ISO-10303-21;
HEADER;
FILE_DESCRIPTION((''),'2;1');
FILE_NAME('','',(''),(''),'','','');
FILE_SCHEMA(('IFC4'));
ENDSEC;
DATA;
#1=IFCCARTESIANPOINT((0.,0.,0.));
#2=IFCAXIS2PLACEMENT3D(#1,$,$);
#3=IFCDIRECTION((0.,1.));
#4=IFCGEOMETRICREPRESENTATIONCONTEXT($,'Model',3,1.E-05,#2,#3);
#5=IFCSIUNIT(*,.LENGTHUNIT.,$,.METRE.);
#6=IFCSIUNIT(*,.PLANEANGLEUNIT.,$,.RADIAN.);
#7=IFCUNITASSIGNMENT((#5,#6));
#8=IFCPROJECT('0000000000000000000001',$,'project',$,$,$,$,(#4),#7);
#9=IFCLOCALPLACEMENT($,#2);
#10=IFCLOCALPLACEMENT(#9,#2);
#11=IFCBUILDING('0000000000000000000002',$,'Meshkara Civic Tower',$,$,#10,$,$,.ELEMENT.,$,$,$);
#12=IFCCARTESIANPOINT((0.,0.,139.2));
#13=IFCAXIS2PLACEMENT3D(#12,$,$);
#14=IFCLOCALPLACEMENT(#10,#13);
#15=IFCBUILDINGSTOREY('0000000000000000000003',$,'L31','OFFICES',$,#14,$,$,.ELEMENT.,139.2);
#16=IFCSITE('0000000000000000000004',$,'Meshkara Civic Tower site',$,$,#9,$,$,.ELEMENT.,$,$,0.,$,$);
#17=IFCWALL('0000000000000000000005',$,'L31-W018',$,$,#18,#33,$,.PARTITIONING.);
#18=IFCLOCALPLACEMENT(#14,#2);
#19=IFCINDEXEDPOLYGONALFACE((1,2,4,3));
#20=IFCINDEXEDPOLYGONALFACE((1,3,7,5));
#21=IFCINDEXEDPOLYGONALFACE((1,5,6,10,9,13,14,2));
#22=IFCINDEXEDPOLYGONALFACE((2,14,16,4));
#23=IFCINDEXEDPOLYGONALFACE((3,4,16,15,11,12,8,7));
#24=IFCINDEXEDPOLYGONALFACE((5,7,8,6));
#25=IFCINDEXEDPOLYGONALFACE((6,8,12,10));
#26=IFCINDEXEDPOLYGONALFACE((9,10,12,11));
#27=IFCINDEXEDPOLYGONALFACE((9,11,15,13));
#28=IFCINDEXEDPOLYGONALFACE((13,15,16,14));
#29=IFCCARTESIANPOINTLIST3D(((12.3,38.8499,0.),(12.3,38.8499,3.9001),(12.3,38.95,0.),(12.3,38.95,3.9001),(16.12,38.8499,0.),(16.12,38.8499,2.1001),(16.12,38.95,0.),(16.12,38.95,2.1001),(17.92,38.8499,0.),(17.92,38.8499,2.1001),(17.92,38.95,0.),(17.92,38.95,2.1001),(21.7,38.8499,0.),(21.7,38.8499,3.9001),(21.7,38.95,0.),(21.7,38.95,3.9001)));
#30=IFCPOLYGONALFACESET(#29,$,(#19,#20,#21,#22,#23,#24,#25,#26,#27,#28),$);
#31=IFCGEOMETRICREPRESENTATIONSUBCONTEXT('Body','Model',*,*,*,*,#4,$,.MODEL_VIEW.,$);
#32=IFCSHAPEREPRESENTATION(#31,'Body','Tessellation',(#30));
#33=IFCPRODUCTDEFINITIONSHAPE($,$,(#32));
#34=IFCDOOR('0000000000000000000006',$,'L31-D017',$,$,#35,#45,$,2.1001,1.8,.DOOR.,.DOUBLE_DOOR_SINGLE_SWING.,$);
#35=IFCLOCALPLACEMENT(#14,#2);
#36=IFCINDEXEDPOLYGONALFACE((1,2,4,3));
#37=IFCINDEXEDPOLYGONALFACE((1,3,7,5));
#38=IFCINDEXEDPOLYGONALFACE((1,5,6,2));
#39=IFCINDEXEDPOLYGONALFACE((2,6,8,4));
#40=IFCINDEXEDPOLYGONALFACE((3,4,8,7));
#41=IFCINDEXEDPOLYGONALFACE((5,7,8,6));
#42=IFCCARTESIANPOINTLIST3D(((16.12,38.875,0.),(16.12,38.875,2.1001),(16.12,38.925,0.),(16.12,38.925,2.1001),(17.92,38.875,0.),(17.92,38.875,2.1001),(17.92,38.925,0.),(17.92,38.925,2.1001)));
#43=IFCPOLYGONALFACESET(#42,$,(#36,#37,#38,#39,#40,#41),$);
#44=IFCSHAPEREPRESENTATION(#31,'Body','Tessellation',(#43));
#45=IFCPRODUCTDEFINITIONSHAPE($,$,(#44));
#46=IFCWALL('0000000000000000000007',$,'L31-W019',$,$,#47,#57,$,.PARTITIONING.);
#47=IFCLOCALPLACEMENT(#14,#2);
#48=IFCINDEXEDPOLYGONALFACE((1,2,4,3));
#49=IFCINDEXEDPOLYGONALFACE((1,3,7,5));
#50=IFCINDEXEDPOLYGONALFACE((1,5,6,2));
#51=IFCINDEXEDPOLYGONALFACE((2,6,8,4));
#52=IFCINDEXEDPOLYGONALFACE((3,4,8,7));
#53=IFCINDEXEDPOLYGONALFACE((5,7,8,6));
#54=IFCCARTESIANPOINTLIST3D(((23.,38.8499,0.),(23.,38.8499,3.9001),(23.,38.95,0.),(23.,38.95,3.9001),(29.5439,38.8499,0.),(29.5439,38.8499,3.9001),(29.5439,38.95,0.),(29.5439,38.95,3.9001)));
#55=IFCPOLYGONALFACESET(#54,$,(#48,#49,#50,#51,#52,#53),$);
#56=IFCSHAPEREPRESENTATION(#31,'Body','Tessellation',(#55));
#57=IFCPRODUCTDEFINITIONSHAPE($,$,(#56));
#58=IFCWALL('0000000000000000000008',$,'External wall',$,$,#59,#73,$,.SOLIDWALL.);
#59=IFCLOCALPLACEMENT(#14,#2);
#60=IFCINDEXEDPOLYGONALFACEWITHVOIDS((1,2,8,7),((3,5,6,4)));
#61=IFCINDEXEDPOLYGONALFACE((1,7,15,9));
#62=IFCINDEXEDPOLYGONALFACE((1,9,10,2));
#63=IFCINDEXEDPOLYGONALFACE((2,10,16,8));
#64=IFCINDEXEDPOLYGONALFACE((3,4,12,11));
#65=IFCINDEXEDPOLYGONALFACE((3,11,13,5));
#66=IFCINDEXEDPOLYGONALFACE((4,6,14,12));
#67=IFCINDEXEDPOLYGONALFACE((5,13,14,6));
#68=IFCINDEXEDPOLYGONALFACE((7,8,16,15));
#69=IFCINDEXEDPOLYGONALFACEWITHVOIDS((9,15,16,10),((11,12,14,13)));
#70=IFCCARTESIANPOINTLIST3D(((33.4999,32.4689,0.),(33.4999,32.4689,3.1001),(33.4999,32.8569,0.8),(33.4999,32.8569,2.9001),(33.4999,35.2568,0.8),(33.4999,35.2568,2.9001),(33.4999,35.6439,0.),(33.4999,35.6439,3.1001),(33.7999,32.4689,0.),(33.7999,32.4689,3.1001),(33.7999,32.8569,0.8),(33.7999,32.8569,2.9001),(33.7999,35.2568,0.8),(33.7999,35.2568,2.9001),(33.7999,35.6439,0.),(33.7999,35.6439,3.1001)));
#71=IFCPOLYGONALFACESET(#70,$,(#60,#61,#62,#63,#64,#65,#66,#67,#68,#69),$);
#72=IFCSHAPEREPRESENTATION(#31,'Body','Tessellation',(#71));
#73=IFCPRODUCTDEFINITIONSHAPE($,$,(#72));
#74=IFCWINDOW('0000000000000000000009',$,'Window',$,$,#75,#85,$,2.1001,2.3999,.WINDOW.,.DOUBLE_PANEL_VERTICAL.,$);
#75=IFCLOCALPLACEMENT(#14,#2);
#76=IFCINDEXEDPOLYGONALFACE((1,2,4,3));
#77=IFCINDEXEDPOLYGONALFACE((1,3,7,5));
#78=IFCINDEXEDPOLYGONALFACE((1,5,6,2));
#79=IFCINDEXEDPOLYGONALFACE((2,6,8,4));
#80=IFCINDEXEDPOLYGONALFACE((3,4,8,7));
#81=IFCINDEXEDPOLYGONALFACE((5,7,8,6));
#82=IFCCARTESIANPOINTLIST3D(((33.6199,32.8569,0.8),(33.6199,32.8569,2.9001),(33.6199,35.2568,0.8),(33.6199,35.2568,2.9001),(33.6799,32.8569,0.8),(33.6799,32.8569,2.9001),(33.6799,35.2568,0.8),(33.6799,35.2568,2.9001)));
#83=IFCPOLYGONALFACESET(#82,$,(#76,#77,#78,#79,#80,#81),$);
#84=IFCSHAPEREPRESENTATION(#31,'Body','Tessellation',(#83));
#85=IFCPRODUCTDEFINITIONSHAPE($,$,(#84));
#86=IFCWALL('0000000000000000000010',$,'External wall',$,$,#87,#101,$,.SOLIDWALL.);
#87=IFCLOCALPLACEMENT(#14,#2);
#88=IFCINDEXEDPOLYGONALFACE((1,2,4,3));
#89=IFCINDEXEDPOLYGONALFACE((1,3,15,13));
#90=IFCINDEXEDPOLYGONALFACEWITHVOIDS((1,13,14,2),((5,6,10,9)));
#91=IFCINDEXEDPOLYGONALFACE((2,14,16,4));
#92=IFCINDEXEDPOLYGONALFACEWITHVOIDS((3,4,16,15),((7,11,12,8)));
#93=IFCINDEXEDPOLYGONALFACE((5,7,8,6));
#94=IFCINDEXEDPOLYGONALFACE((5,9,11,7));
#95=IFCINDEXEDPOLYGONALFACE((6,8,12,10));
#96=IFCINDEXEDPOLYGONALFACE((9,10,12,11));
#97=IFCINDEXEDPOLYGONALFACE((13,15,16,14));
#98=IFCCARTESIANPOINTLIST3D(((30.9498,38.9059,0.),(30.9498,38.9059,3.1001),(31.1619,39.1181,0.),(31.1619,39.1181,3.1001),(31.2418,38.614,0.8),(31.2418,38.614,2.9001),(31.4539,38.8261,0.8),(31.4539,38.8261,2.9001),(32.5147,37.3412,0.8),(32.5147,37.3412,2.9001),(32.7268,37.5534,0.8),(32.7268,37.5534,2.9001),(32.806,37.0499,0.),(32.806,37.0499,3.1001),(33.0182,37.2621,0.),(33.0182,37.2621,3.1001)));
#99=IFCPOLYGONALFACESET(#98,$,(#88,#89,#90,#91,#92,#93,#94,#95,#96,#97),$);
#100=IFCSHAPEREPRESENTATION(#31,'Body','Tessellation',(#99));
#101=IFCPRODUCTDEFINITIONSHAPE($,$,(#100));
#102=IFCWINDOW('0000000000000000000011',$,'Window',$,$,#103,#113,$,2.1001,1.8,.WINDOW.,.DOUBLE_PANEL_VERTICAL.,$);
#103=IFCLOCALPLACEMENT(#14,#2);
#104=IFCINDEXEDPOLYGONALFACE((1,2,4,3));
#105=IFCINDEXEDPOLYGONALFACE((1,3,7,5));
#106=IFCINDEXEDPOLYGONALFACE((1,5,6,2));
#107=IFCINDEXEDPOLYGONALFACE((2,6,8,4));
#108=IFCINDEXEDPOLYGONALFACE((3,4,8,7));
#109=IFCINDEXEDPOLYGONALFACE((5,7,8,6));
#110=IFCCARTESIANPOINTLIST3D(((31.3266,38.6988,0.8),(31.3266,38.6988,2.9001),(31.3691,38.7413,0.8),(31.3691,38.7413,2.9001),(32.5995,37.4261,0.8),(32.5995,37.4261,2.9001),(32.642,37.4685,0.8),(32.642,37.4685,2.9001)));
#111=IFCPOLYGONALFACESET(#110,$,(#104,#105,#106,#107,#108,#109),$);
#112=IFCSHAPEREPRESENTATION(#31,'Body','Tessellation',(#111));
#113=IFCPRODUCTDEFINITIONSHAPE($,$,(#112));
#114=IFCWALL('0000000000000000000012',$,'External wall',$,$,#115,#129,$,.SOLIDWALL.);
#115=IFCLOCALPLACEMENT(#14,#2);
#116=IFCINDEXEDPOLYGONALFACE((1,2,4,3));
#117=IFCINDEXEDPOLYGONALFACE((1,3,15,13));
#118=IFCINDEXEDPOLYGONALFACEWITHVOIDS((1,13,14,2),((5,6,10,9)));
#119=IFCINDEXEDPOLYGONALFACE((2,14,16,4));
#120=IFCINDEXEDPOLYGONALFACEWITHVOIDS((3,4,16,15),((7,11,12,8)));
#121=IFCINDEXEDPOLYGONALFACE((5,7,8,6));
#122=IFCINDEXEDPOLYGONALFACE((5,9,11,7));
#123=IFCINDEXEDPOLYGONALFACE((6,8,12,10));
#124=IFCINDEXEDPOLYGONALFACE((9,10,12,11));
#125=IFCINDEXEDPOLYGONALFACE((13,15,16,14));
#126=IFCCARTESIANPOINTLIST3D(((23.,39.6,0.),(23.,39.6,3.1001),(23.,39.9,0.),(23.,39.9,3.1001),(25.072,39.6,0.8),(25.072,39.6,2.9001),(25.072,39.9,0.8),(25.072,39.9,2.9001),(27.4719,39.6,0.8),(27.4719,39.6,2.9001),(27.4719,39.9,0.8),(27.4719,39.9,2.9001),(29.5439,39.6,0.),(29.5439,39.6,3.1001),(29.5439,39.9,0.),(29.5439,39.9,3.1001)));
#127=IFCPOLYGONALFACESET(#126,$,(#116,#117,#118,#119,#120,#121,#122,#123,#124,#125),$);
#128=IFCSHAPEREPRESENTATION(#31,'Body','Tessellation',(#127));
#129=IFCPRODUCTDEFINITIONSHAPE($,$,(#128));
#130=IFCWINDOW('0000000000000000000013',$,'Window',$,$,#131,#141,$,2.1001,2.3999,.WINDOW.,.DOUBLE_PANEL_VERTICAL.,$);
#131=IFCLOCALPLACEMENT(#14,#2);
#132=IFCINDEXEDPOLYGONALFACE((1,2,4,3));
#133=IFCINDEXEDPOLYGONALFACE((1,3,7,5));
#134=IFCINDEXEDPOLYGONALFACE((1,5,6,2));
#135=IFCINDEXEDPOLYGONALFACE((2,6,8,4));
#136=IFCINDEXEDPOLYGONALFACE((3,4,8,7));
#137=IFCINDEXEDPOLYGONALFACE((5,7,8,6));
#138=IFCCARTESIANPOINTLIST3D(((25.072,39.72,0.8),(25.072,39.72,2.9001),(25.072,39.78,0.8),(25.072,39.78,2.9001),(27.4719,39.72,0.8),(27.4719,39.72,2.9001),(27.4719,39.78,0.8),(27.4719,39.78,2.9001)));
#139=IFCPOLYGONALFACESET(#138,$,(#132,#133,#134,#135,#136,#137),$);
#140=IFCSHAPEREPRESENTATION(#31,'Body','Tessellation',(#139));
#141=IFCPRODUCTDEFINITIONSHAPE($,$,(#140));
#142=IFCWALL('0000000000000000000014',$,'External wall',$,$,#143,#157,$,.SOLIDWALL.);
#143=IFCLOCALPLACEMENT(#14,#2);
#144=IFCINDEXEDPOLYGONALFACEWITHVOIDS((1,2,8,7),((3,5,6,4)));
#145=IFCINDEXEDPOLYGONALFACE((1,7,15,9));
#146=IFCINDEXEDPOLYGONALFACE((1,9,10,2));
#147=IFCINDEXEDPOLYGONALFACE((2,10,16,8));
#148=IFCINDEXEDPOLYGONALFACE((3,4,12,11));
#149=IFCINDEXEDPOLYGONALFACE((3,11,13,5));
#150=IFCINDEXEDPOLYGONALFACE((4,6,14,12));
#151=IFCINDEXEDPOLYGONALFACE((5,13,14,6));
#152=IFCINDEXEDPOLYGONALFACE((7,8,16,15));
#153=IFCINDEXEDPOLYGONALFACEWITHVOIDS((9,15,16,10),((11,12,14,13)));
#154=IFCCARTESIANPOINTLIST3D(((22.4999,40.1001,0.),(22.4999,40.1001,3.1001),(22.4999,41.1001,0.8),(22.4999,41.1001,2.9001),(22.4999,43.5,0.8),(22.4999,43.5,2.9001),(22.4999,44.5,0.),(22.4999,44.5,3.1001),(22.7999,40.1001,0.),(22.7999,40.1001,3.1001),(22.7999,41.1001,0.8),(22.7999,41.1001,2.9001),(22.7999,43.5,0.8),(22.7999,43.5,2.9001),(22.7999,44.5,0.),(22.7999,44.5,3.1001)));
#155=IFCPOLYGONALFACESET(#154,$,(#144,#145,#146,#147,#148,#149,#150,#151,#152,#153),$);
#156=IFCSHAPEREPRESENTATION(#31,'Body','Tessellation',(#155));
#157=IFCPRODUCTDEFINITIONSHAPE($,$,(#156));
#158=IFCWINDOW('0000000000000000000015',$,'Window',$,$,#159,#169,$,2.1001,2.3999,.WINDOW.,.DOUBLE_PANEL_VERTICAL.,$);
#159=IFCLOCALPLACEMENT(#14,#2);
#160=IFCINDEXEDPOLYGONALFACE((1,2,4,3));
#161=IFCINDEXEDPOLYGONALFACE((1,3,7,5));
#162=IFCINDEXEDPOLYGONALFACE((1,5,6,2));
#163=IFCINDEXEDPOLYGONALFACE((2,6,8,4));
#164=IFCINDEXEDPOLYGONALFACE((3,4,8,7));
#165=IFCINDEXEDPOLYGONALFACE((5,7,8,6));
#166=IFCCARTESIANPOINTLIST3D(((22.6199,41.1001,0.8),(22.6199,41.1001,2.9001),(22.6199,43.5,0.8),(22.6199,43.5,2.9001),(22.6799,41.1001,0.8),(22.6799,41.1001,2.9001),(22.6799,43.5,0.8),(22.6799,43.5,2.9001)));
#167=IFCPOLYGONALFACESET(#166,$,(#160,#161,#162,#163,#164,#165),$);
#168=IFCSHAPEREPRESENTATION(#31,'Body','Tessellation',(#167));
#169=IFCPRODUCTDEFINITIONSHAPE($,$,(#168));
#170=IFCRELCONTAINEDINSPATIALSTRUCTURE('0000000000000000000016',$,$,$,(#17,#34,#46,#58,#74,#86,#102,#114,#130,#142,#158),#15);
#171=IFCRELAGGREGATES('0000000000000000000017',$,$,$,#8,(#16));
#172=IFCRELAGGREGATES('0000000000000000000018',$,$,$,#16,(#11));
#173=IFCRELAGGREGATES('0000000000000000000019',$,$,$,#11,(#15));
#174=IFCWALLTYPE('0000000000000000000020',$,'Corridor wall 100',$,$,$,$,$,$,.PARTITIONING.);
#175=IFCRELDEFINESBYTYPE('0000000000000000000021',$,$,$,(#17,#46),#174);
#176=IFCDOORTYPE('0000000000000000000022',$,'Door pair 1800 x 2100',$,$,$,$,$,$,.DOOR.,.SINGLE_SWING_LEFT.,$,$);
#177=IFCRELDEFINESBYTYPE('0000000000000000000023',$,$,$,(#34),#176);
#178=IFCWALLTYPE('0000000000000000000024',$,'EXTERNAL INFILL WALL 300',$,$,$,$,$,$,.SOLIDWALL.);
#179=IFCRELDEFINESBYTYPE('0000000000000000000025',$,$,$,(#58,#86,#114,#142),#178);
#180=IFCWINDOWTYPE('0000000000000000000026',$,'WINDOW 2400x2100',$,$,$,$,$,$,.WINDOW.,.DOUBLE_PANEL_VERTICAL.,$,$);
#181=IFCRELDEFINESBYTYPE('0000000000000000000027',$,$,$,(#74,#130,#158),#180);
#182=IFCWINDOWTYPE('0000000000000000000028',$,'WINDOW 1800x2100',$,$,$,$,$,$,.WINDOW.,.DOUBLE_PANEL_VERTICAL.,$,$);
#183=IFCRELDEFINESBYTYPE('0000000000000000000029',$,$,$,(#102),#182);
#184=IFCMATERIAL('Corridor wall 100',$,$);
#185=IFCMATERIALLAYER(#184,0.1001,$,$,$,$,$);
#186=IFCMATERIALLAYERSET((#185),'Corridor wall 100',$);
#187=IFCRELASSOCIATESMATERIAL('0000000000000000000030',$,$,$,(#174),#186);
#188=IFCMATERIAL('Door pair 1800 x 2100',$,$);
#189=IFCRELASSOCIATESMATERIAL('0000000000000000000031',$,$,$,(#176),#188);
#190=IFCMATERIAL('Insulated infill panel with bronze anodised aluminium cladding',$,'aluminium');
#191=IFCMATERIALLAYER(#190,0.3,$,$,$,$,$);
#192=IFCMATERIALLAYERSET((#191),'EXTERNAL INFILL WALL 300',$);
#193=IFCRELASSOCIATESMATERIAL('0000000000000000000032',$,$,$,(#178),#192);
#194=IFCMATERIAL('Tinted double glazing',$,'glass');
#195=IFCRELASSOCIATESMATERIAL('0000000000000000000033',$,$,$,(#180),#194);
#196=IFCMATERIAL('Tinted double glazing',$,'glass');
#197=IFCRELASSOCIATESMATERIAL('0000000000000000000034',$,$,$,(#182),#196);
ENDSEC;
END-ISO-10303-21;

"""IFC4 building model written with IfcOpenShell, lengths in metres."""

from ifc_helpers import new_model, si_unit, direction, frame, frame_2d, origin, place, context, subcontext, project, spatial, rectangle, extrude, material, layer, layer_set, type_object, element, fill, save


model = new_model("IFC4")

# Units and contexts
model_context = context("Model", 3, precision=1e-05, world=origin(), true_north=direction((0.0, 1.0)))
body_context = subcontext(model_context, "Body", "Model", "MODEL_VIEW")
ifc_project = project(units=[si_unit("LENGTHUNIT", "METRE"), si_unit("PLANEANGLEUNIT", "RADIAN")], contexts=[model_context])

# Site, building, storey
site_placement = place(None, origin())
site = spatial("IfcSite", under=ifc_project, at=site_placement, Name="Meshkara Civic Tower site", CompositionType="ELEMENT", RefElevation=0.0)
building_placement = place(site_placement, origin())
building = spatial("IfcBuilding", under=site, at=building_placement, Name="Meshkara Civic Tower", CompositionType="ELEMENT")
storey_placement = place(building_placement, frame((0.0, 0.0, 139.2)))
storey = spatial("IfcBuildingStorey", under=building, at=storey_placement, Name="L31", Description="OFFICES", CompositionType="ELEMENT", Elevation=139.2)

# Wall, opening, door
ifc_material_1 = material(Name="Corridor wall 100")
ifc_layer_1 = layer(ifc_material_1, 0.1001)
ifc_layer_set_1 = layer_set([ifc_layer_1], Name="Corridor wall 100")
wall_type_1 = type_object("IfcWallType", Name="Corridor wall 100", PredefinedType="PARTITIONING", material=ifc_layer_set_1)
wall_1_placement = place(storey_placement, frame((21.7, 38.8999, 0.0), z_axis=(0.0, 0.0, 1.0), x_axis=(-1.0, 0.0, 0.0)))
wall_1 = element("IfcWall", 1, at=wall_1_placement, inside=storey, type_object=wall_type_1, Name="L31-W018", PredefinedType="PARTITIONING", context=body_context, shape_type="SweptSolid", body=[
    extrude(rectangle(XDim=9.3999, YDim=0.1001, at=frame_2d((4.7, 0.0))), origin(), (0.0, 0.0, 1.0), 3.9001),
])
opening_1_placement = place(wall_1_placement, frame((3.78, 0.0, 0.0)))
opening_1 = element("IfcOpeningElement", 2, at=opening_1_placement, cuts=wall_1, PredefinedType="OPENING", context=body_context, shape_type="SweptSolid", body=[
    extrude(rectangle(XDim=1.8, YDim=2.1001, at=frame_2d((0.8999, 1.05))), frame((0.0, 0.0601, 0.0), z_axis=(0.0, -1.0, 0.0), x_axis=(1.0, 0.0, 0.0)), (0.0, 0.0, 1.0), 0.1201),
])
ifc_material_2 = material(Name="Door pair 1800 x 2100")
door_type_1 = type_object("IfcDoorType", Name="Door pair 1800 x 2100", OperationType="SINGLE_SWING_LEFT", PredefinedType="DOOR", material=ifc_material_2)
door_1_placement = place(opening_1_placement, origin())
door_1 = element("IfcDoor", 3, at=door_1_placement, inside=storey, type_object=door_type_1, Name="L31-D017", OperationType="DOUBLE_DOOR_SINGLE_SWING", OverallHeight=2.1001, OverallWidth=1.8, PredefinedType="DOOR", context=body_context, shape_type="SweptSolid", body=[
    extrude(rectangle(XDim=1.8, YDim=2.1001, at=frame_2d((0.8999, 1.05))), frame((0.0, 0.0249, 0.0), z_axis=(0.0, -1.0, 0.0), x_axis=(1.0, 0.0, 0.0)), (0.0, 0.0, 1.0), 0.05),
])
fill(opening_1, door_1)

# Wall
wall_2_placement = place(storey_placement, frame((29.5439, 38.8999, 0.0), z_axis=(0.0, 0.0, 1.0), x_axis=(-1.0, 0.0, 0.0)))
element("IfcWall", 4, at=wall_2_placement, inside=storey, type_object=wall_type_1, Name="L31-W019", PredefinedType="PARTITIONING", context=body_context, shape_type="SweptSolid", body=[
    extrude(rectangle(XDim=6.5439, YDim=0.1001, at=frame_2d((3.272, 0.0))), origin(), (0.0, 0.0, 1.0), 3.9001),
])

# Walls, openings, windows
ifc_material_3 = material(Name="Insulated infill panel with bronze anodised aluminium cladding", Category="aluminium")
ifc_layer_2 = layer(ifc_material_3, 0.3)
ifc_layer_set_2 = layer_set([ifc_layer_2], Name="EXTERNAL INFILL WALL 300")
wall_type_2 = type_object("IfcWallType", Name="EXTERNAL INFILL WALL 300", PredefinedType="SOLIDWALL", material=ifc_layer_set_2)
wall_3_placement = place(storey_placement, frame((33.6499, 32.469, 0.0), z_axis=(0.0, 0.0, 1.0), x_axis=(0.0, 1.0, 0.0)))
wall_3 = element("IfcWall", 5, at=wall_3_placement, inside=storey, type_object=wall_type_2, Name="External wall", PredefinedType="SOLIDWALL", context=body_context, shape_type="SweptSolid", body=[
    extrude(rectangle(XDim=3.175, YDim=0.3, at=frame_2d((1.5874, 0.0))), origin(), (0.0, 0.0, 1.0), 3.1001),
])
opening_2_placement = place(wall_3_placement, frame((0.3879, 0.0, 0.8)))
opening_2 = element("IfcOpeningElement", 6, at=opening_2_placement, cuts=wall_3, PredefinedType="OPENING", context=body_context, shape_type="SweptSolid", body=[
    extrude(rectangle(XDim=2.3999, YDim=2.1001, at=frame_2d((1.2, 1.05))), frame((0.0, 0.1599, 0.0), z_axis=(0.0, -1.0, 0.0), x_axis=(1.0, 0.0, 0.0)), (0.0, 0.0, 1.0), 0.3201),
])
ifc_material_4 = material(Name="Tinted double glazing", Category="glass")
window_type_1 = type_object("IfcWindowType", Name="WINDOW 2400x2100", PartitioningType="DOUBLE_PANEL_VERTICAL", PredefinedType="WINDOW", material=ifc_material_4)
window_1_placement = place(opening_2_placement, origin())
window_1 = element("IfcWindow", 7, at=window_1_placement, inside=storey, type_object=window_type_1, Name="Window", OverallHeight=2.1001, OverallWidth=2.3999, PartitioningType="DOUBLE_PANEL_VERTICAL", PredefinedType="WINDOW", context=body_context, shape_type="SweptSolid", body=[
    extrude(rectangle(XDim=2.3999, YDim=2.1001, at=frame_2d((1.2, 1.05))), frame((0.0, 0.03, 0.0), z_axis=(0.0, -1.0, 0.0), x_axis=(1.0, 0.0, 0.0)), (0.0, 0.0, 1.0), 0.0601),
])
fill(opening_2, window_1)
wall_4_placement = place(storey_placement, frame((32.9121, 37.156, 0.0), z_axis=(0.0, 0.0, 1.0), x_axis=(-0.707153, 0.70706, 0.0)))
wall_4 = element("IfcWall", 8, at=wall_4_placement, inside=storey, type_object=wall_type_2, Name="External wall", PredefinedType="SOLIDWALL", context=body_context, shape_type="SweptSolid", body=[
    extrude(rectangle(XDim=2.625, YDim=0.3, at=frame_2d((1.3125, 0.0))), origin(), (0.0, 0.0, 1.0), 3.1001),
])
opening_3_placement = place(wall_4_placement, frame((0.4121, 0.0, 0.8)))
opening_3 = element("IfcOpeningElement", 9, at=opening_3_placement, cuts=wall_4, PredefinedType="OPENING", context=body_context, shape_type="SweptSolid", body=[
    extrude(rectangle(XDim=1.8, YDim=2.1001, at=frame_2d((0.8999, 1.05))), frame((0.0, 0.1599, 0.0), z_axis=(0.0, -1.0, 0.0), x_axis=(1.0, 0.0, 0.0)), (0.0, 0.0, 1.0), 0.3201),
])
ifc_material_5 = material(Name="Tinted double glazing", Category="glass")
window_type_2 = type_object("IfcWindowType", Name="WINDOW 1800x2100", PartitioningType="DOUBLE_PANEL_VERTICAL", PredefinedType="WINDOW", material=ifc_material_5)
window_2_placement = place(opening_3_placement, origin())
window_2 = element("IfcWindow", 10, at=window_2_placement, inside=storey, type_object=window_type_2, Name="Window", OverallHeight=2.1001, OverallWidth=1.8, PartitioningType="DOUBLE_PANEL_VERTICAL", PredefinedType="WINDOW", context=body_context, shape_type="SweptSolid", body=[
    extrude(rectangle(XDim=1.8, YDim=2.1001, at=frame_2d((0.8999, 1.05))), frame((0.0, 0.03, 0.0), z_axis=(0.0, -1.0, 0.0), x_axis=(1.0, 0.0, 0.0)), (0.0, 0.0, 1.0), 0.0601),
])
fill(opening_3, window_2)
wall_5_placement = place(storey_placement, frame((29.5439, 39.75, 0.0), z_axis=(0.0, 0.0, 1.0), x_axis=(-1.0, 0.0, 0.0)))
wall_5 = element("IfcWall", 11, at=wall_5_placement, inside=storey, type_object=wall_type_2, Name="External wall", PredefinedType="SOLIDWALL", context=body_context, shape_type="SweptSolid", body=[
    extrude(rectangle(XDim=6.5439, YDim=0.3, at=frame_2d((3.272, 0.0))), origin(), (0.0, 0.0, 1.0), 3.1001),
])
opening_4_placement = place(wall_5_placement, frame((2.072, 0.0, 0.8)))
opening_4 = element("IfcOpeningElement", 12, at=opening_4_placement, cuts=wall_5, PredefinedType="OPENING", context=body_context, shape_type="SweptSolid", body=[
    extrude(rectangle(XDim=2.3999, YDim=2.1001, at=frame_2d((1.2, 1.05))), frame((0.0, 0.1599, 0.0), z_axis=(0.0, -1.0, 0.0), x_axis=(1.0, 0.0, 0.0)), (0.0, 0.0, 1.0), 0.3201),
])
window_3_placement = place(opening_4_placement, origin())
window_3 = element("IfcWindow", 13, at=window_3_placement, inside=storey, type_object=window_type_1, Name="Window", OverallHeight=2.1001, OverallWidth=2.3999, PartitioningType="DOUBLE_PANEL_VERTICAL", PredefinedType="WINDOW", context=body_context, shape_type="SweptSolid", body=[
    extrude(rectangle(XDim=2.3999, YDim=2.1001, at=frame_2d((1.2, 1.05))), frame((0.0, 0.03, 0.0), z_axis=(0.0, -1.0, 0.0), x_axis=(1.0, 0.0, 0.0)), (0.0, 0.0, 1.0), 0.0601),
])
fill(opening_4, window_3)
wall_6_placement = place(storey_placement, frame((22.6499, 40.1001, 0.0), z_axis=(0.0, 0.0, 1.0), x_axis=(0.0, 1.0, 0.0)))
wall_6 = element("IfcWall", 14, at=wall_6_placement, inside=storey, type_object=wall_type_2, Name="External wall", PredefinedType="SOLIDWALL", context=body_context, shape_type="SweptSolid", body=[
    extrude(rectangle(XDim=4.3999, YDim=0.3, at=frame_2d((2.2, 0.0))), origin(), (0.0, 0.0, 1.0), 3.1001),
])
opening_5_placement = place(wall_6_placement, frame((1.0, 0.0, 0.8)))
opening_5 = element("IfcOpeningElement", 15, at=opening_5_placement, cuts=wall_6, PredefinedType="OPENING", context=body_context, shape_type="SweptSolid", body=[
    extrude(rectangle(XDim=2.3999, YDim=2.1001, at=frame_2d((1.2, 1.05))), frame((0.0, 0.1599, 0.0), z_axis=(0.0, -1.0, 0.0), x_axis=(1.0, 0.0, 0.0)), (0.0, 0.0, 1.0), 0.3201),
])
window_4_placement = place(opening_5_placement, origin())
window_4 = element("IfcWindow", 16, at=window_4_placement, inside=storey, type_object=window_type_1, Name="Window", OverallHeight=2.1001, OverallWidth=2.3999, PartitioningType="DOUBLE_PANEL_VERTICAL", PredefinedType="WINDOW", context=body_context, shape_type="SweptSolid", body=[
    extrude(rectangle(XDim=2.3999, YDim=2.1001, at=frame_2d((1.2, 1.05))), frame((0.0, 0.03, 0.0), z_axis=(0.0, -1.0, 0.0), x_axis=(1.0, 0.0, 0.0)), (0.0, 0.0, 1.0), 0.0601),
])
fill(opening_5, window_4)

save(model, "model.ifc")
